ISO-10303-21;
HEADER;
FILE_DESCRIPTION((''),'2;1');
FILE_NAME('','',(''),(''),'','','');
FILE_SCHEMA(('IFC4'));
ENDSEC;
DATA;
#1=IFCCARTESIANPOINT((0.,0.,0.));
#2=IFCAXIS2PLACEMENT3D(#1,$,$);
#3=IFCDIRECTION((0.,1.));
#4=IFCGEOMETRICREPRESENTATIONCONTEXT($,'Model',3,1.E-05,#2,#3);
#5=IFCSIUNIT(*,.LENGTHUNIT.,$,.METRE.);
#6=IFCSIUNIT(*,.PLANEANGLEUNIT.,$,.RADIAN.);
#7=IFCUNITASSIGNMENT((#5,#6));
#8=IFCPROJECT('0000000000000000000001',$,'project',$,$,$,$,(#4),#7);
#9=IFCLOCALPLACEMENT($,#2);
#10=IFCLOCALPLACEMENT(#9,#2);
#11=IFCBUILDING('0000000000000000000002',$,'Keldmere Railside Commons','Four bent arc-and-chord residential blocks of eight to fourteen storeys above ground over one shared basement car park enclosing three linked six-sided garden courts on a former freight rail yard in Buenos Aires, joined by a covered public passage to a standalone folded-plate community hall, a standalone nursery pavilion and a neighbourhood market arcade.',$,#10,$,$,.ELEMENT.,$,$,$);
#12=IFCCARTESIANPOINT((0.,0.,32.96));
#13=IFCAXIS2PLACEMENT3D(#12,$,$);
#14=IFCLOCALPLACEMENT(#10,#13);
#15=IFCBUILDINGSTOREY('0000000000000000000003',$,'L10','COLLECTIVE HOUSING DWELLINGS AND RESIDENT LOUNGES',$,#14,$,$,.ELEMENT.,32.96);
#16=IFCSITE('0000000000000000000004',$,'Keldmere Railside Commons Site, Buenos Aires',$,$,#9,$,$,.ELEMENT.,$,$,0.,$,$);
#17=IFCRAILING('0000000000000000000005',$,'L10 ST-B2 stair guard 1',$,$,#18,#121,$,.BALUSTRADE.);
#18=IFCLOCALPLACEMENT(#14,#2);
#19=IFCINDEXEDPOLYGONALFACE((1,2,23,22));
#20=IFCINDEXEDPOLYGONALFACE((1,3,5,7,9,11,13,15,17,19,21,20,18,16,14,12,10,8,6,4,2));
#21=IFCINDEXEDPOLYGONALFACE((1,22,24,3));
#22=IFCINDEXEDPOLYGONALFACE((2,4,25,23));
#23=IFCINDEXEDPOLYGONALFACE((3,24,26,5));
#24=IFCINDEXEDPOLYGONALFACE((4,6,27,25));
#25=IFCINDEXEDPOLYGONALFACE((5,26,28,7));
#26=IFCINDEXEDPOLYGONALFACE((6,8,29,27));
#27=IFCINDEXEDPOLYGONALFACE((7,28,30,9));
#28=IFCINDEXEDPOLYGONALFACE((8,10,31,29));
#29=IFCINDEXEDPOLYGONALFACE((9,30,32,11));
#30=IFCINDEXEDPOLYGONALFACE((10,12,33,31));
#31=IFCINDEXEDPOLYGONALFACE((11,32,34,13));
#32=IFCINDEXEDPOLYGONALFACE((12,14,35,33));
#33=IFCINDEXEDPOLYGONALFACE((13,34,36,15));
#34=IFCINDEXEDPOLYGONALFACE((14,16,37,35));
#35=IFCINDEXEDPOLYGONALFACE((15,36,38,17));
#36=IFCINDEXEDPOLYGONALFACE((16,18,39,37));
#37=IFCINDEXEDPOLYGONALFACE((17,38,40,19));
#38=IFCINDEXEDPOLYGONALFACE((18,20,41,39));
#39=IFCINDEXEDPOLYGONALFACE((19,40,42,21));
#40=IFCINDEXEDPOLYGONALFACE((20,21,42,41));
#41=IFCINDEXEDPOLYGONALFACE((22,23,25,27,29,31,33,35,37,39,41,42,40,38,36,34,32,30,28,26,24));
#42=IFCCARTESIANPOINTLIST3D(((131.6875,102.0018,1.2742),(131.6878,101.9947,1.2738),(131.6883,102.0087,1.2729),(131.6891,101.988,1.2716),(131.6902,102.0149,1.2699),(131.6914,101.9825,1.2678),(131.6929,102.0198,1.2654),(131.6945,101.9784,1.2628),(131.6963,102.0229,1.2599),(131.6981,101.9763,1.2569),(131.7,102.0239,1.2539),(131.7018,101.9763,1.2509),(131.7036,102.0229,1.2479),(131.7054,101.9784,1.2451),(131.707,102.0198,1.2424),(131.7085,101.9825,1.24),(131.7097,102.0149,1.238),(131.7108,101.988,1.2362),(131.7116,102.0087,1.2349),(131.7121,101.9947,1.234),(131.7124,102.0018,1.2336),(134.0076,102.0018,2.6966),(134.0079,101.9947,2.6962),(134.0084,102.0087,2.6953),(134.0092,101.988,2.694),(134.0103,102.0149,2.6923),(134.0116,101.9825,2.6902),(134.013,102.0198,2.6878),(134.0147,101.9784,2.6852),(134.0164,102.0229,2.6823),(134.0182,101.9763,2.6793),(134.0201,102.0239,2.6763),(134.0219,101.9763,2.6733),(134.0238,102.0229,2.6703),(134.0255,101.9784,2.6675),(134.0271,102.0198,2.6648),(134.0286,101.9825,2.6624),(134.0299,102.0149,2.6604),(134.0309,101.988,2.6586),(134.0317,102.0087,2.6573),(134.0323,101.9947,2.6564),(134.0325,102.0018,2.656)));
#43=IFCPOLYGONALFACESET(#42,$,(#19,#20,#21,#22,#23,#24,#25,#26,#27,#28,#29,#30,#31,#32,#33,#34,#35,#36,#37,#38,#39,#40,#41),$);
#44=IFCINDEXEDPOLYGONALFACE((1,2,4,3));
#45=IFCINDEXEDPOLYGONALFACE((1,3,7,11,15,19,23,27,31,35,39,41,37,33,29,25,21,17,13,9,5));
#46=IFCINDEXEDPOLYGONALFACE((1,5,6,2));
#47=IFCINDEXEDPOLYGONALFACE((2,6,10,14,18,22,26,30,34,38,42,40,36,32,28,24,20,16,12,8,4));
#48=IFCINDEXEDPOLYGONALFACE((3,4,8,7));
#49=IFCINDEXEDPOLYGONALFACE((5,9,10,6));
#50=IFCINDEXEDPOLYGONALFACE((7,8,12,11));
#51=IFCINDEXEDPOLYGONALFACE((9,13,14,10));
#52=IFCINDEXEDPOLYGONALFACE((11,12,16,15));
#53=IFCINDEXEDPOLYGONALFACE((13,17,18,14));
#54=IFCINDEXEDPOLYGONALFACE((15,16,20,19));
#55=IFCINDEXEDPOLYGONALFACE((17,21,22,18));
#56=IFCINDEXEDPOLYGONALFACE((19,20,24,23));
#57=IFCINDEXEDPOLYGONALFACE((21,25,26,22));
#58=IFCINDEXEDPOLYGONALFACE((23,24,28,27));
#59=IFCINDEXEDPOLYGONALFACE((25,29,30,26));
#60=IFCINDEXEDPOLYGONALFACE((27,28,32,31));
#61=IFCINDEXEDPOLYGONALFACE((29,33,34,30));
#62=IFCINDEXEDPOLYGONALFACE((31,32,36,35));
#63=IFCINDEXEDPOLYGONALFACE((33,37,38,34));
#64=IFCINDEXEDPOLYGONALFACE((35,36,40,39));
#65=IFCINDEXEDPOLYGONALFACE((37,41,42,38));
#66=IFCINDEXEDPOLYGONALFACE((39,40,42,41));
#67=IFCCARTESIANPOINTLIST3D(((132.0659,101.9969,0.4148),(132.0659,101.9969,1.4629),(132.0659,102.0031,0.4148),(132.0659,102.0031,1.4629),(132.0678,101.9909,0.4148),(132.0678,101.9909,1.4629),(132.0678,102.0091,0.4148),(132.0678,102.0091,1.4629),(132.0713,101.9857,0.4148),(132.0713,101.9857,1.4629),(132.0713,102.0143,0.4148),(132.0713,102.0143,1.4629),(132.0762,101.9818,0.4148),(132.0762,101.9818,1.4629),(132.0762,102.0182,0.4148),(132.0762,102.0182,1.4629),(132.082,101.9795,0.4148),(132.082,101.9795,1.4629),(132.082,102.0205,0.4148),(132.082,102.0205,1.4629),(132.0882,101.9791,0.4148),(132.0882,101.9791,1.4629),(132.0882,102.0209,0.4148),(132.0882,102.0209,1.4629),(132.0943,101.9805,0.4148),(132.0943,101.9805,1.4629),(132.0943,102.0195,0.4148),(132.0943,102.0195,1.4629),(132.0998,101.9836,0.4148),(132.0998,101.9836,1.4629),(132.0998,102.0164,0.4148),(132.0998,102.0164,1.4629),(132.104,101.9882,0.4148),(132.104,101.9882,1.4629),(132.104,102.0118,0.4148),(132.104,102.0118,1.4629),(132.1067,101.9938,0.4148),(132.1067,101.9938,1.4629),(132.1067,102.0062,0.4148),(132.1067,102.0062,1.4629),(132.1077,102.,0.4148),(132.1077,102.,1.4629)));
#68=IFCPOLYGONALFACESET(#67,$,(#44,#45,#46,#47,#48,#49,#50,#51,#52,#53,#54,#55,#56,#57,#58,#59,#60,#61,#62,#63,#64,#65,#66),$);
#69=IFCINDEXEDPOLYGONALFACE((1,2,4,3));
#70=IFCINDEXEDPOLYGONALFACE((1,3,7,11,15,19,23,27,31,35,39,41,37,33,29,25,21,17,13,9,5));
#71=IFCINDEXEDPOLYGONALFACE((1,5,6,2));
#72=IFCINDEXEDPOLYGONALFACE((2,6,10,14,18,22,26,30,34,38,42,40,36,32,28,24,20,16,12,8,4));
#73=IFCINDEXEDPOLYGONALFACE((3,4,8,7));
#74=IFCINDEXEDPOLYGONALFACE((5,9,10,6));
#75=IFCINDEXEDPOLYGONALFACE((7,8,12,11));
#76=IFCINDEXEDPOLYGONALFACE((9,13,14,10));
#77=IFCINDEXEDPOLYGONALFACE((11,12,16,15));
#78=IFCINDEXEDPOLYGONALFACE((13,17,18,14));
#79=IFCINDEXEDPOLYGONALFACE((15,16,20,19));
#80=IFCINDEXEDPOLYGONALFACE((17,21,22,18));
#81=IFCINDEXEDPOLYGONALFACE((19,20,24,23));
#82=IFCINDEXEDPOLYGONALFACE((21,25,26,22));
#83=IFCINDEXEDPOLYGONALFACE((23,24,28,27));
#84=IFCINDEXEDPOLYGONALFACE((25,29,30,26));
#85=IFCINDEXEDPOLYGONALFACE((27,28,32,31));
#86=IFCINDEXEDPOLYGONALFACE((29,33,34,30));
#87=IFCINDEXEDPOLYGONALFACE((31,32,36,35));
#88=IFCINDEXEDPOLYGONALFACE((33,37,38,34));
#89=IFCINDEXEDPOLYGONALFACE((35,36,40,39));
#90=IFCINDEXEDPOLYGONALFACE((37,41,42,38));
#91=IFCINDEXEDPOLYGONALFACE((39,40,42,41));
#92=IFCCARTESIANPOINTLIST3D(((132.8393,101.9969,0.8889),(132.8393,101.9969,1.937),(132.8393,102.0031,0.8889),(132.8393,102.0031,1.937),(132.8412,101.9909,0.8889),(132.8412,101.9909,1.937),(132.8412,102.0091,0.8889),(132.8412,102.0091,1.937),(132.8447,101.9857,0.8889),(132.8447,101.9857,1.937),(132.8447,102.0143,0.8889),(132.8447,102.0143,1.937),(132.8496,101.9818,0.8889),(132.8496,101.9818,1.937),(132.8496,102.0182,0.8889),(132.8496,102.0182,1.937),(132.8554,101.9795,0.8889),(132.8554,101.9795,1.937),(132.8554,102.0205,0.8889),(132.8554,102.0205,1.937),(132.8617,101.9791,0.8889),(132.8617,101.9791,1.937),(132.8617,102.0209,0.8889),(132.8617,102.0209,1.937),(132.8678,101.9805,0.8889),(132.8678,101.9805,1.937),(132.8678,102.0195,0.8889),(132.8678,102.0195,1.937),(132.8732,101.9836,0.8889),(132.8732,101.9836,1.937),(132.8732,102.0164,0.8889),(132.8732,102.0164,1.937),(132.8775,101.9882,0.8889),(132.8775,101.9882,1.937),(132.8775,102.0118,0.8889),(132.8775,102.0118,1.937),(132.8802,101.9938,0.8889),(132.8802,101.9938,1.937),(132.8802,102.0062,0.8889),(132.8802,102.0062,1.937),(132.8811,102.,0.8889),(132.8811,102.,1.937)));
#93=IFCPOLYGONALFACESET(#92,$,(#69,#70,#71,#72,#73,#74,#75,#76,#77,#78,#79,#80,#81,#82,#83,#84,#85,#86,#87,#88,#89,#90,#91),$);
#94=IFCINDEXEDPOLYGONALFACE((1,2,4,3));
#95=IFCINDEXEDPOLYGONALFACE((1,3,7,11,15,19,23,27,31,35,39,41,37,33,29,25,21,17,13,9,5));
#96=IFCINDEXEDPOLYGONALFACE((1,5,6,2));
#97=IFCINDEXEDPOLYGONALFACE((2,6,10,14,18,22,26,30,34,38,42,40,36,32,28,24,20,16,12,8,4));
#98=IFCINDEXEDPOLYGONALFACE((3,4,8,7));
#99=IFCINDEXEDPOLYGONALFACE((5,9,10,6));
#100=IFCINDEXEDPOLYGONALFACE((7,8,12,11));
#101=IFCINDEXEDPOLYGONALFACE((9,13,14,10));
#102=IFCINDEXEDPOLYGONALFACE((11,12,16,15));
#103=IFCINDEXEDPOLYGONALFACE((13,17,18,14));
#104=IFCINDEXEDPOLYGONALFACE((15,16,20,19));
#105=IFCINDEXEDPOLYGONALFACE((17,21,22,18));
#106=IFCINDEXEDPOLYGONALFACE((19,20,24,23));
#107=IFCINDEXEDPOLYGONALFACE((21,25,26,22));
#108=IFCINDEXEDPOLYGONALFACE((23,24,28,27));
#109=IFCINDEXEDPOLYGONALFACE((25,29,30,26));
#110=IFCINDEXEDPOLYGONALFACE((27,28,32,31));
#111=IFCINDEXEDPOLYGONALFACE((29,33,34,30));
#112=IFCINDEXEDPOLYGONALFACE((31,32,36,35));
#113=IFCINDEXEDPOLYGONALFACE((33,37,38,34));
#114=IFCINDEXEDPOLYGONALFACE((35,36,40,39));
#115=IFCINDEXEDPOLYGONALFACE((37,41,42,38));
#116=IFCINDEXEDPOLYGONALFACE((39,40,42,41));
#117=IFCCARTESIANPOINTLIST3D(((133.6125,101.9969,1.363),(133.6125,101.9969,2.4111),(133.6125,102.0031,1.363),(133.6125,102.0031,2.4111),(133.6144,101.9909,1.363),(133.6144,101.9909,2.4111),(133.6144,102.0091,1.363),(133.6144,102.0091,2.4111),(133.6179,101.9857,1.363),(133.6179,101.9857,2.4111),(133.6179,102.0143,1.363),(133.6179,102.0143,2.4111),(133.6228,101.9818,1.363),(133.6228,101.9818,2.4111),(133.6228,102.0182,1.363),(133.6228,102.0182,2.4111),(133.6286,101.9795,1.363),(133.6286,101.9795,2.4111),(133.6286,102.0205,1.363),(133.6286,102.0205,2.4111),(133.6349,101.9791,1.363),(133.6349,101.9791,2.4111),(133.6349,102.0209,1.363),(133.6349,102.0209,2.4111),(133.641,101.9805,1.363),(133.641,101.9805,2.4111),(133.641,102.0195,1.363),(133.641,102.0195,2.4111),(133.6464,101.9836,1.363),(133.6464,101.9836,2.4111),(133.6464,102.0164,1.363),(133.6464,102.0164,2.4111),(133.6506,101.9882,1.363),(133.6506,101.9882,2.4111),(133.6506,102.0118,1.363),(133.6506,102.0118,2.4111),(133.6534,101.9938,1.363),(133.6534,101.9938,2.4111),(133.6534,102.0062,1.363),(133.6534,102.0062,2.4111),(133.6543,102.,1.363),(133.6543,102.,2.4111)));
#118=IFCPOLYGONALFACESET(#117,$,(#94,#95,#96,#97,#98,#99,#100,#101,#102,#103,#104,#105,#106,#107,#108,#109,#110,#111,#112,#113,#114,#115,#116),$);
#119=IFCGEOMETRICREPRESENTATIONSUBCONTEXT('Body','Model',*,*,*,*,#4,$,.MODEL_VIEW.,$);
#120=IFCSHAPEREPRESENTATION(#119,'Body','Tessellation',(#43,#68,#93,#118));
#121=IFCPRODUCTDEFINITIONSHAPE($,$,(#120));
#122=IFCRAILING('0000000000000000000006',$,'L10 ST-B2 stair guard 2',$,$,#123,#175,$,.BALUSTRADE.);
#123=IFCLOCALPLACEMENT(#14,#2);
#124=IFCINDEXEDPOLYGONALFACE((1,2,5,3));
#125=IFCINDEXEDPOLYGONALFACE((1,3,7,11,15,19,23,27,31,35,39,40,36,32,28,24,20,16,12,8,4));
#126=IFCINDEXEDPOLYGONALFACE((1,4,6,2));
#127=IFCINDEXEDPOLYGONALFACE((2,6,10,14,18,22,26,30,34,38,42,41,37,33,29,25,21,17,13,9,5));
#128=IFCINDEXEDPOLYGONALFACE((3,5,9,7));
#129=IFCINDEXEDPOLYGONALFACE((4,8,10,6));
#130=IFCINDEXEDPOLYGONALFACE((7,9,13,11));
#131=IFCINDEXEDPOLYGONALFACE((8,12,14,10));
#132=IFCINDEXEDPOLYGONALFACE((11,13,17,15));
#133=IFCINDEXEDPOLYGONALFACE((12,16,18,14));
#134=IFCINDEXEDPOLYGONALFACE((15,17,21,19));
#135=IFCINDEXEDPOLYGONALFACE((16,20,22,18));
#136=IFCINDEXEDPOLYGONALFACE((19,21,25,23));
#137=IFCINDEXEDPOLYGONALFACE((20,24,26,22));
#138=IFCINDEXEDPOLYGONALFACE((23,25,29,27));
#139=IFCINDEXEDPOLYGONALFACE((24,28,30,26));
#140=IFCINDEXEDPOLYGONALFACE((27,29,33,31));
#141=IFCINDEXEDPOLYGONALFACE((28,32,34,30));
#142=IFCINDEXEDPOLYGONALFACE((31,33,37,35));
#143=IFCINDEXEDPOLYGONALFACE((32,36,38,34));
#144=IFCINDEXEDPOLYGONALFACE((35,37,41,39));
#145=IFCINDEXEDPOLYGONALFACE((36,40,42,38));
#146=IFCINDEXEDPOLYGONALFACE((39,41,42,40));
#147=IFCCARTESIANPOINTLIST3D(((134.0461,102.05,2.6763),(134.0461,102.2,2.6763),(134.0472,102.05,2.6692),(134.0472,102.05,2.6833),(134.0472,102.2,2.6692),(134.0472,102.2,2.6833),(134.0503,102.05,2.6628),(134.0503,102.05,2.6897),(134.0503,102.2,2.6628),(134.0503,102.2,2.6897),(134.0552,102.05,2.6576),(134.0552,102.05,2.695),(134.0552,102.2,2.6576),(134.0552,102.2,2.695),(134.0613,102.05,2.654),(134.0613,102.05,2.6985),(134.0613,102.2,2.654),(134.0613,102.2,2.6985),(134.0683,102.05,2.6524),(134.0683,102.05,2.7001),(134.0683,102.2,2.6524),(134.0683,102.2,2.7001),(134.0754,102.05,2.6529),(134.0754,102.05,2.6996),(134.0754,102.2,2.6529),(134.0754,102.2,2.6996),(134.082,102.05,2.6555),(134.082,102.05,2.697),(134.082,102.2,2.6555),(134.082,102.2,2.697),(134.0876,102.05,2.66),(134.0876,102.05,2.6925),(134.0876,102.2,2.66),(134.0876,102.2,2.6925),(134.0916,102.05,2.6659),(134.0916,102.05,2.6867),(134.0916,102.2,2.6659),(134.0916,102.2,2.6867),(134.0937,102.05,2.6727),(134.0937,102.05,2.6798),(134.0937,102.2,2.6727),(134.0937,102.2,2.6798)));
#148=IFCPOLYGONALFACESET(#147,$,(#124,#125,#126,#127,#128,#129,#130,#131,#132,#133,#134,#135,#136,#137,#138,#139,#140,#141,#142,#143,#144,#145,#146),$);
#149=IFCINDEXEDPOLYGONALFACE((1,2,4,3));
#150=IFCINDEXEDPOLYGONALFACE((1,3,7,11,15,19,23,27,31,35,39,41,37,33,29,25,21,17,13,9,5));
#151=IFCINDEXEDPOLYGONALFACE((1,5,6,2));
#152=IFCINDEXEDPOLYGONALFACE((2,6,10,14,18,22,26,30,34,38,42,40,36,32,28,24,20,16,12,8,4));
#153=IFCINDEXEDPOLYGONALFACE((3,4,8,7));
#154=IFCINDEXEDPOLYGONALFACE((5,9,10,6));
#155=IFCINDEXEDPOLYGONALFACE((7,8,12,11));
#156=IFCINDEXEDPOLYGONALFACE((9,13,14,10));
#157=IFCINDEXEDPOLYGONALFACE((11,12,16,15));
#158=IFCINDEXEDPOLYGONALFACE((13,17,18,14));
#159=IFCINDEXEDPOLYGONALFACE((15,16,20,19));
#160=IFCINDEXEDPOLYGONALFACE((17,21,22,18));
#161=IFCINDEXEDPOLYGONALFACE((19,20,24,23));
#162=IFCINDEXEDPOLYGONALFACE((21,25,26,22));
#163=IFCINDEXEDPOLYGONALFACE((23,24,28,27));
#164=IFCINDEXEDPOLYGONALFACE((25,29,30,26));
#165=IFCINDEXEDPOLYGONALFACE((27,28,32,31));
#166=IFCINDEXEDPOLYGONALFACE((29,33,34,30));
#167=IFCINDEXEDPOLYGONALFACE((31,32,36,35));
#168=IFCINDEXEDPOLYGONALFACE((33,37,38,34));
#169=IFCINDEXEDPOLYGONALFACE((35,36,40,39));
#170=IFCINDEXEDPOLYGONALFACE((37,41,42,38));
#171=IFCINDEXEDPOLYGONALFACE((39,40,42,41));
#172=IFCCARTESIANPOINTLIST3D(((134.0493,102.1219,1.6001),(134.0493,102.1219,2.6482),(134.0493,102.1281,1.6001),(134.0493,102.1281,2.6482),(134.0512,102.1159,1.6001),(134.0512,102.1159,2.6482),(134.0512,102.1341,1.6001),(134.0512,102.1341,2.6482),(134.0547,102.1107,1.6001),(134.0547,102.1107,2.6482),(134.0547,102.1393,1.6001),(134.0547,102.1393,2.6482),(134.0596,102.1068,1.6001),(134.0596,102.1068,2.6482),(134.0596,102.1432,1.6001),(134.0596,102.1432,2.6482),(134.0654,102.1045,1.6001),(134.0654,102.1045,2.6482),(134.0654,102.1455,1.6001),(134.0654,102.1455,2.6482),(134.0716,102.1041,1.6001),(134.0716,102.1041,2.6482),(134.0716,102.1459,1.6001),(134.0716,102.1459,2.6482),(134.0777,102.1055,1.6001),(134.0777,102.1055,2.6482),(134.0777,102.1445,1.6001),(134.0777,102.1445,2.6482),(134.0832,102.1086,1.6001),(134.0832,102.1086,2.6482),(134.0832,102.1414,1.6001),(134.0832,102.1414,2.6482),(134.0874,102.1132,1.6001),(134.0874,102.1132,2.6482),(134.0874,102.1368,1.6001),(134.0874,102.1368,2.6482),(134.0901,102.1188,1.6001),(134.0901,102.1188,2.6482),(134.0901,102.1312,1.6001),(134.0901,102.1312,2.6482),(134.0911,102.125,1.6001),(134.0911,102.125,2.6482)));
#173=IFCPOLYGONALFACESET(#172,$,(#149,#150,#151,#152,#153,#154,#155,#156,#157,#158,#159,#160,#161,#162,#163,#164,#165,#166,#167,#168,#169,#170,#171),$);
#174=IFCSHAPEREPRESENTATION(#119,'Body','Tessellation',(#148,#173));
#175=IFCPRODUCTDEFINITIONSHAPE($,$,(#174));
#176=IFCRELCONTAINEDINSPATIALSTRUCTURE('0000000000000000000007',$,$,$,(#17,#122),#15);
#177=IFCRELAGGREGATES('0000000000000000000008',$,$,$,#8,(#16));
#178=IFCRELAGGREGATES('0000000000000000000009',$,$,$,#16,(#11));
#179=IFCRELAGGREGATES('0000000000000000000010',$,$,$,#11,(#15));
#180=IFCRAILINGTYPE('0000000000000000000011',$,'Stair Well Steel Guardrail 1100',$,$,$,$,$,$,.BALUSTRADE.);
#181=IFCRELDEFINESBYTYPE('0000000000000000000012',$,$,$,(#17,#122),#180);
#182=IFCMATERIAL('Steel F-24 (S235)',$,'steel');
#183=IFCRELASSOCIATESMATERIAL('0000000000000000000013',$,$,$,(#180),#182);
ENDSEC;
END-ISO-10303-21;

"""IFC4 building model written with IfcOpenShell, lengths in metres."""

from ifc_helpers import new_model, si_unit, direction, frame, origin, origin_2d, place, context, subcontext, project, spatial, circle, extrude, material, type_object, element, save


model = new_model("IFC4")

# Units and contexts
model_context = context("Model", 3, precision=1e-05, world=origin(), true_north=direction((0.0, 1.0)))
body_context = subcontext(model_context, "Body", "Model", "MODEL_VIEW")
ifc_project = project(units=[si_unit("LENGTHUNIT", "METRE"), si_unit("PLANEANGLEUNIT", "RADIAN")], contexts=[model_context])

# Site, building, storey
site_placement = place(None, origin())
site = spatial("IfcSite", under=ifc_project, at=site_placement, Name="Keldmere Railside Commons Site, Buenos Aires", CompositionType="ELEMENT", RefElevation=0.0)
building_placement = place(site_placement, origin())
building = spatial("IfcBuilding", under=site, at=building_placement, Name="Keldmere Railside Commons", Description="Four bent arc-and-chord residential blocks of eight to fourteen storeys above ground over one shared basement car park enclosing three linked six-sided garden courts on a former freight rail yard in Buenos Aires, joined by a covered public passage to a standalone folded-plate community hall, a standalone nursery pavilion and a neighbourhood market arcade.", CompositionType="ELEMENT")
storey_placement = place(building_placement, frame((0.0, 0.0, 32.96)))
storey = spatial("IfcBuildingStorey", under=building, at=storey_placement, Name="L10", Description="COLLECTIVE HOUSING DWELLINGS AND RESIDENT LOUNGES", CompositionType="ELEMENT", Elevation=32.96)

# Railings
ifc_material_1 = material(Name="Steel F-24 (S235)", Category="steel")
railing_type_1 = type_object("IfcRailingType", Name="Stair Well Steel Guardrail 1100", PredefinedType="BALUSTRADE", material=ifc_material_1)
railing_1_placement = place(storey_placement, frame((131.7, 102.0, 0.1777)))
element("IfcRailing", 1, at=railing_1_placement, inside=storey, type_object=railing_type_1, Name="L10 ST-B2 stair guard 1", PredefinedType="BALUSTRADE", context=body_context, shape_type="SweptSolid", body=[
    extrude(circle(Radius=0.0239, at=origin_2d()), frame((0.0, 0.0, 1.0762), z_axis=(0.852538, 0.0, 0.522665), x_axis=(0.0, 1.0, 0.0)), (0.0, 0.0, 1.0), 2.7214),
    extrude(circle(Radius=0.021, at=origin_2d()), frame((0.3867, 0.0, 0.2371)), (0.0, 0.0, 1.0), 1.0481),
    extrude(circle(Radius=0.021, at=origin_2d()), frame((1.1602, 0.0, 0.7112)), (0.0, 0.0, 1.0), 1.0481),
    extrude(circle(Radius=0.021, at=origin_2d()), frame((1.9333, 0.0, 1.1853)), (0.0, 0.0, 1.0), 1.0481),
])
railing_2_placement = place(storey_placement, frame((134.0701, 102.05, 1.6001)))
element("IfcRailing", 2, at=railing_2_placement, inside=storey, type_object=railing_type_1, Name="L10 ST-B2 stair guard 2", PredefinedType="BALUSTRADE", context=body_context, shape_type="SweptSolid", body=[
    extrude(circle(Radius=0.0239, at=origin_2d()), frame((0.0, 0.0, 1.0762), z_axis=(0.0, 1.0, 0.0), x_axis=(-1.0, 0.0, 0.0)), (0.0, 0.0, 1.0), 0.1499),
    extrude(circle(Radius=0.021, at=origin_2d()), frame((0.0, 0.075, 0.0)), (0.0, 0.0, 1.0), 1.0481),
])

save(model, "model.ifc")
